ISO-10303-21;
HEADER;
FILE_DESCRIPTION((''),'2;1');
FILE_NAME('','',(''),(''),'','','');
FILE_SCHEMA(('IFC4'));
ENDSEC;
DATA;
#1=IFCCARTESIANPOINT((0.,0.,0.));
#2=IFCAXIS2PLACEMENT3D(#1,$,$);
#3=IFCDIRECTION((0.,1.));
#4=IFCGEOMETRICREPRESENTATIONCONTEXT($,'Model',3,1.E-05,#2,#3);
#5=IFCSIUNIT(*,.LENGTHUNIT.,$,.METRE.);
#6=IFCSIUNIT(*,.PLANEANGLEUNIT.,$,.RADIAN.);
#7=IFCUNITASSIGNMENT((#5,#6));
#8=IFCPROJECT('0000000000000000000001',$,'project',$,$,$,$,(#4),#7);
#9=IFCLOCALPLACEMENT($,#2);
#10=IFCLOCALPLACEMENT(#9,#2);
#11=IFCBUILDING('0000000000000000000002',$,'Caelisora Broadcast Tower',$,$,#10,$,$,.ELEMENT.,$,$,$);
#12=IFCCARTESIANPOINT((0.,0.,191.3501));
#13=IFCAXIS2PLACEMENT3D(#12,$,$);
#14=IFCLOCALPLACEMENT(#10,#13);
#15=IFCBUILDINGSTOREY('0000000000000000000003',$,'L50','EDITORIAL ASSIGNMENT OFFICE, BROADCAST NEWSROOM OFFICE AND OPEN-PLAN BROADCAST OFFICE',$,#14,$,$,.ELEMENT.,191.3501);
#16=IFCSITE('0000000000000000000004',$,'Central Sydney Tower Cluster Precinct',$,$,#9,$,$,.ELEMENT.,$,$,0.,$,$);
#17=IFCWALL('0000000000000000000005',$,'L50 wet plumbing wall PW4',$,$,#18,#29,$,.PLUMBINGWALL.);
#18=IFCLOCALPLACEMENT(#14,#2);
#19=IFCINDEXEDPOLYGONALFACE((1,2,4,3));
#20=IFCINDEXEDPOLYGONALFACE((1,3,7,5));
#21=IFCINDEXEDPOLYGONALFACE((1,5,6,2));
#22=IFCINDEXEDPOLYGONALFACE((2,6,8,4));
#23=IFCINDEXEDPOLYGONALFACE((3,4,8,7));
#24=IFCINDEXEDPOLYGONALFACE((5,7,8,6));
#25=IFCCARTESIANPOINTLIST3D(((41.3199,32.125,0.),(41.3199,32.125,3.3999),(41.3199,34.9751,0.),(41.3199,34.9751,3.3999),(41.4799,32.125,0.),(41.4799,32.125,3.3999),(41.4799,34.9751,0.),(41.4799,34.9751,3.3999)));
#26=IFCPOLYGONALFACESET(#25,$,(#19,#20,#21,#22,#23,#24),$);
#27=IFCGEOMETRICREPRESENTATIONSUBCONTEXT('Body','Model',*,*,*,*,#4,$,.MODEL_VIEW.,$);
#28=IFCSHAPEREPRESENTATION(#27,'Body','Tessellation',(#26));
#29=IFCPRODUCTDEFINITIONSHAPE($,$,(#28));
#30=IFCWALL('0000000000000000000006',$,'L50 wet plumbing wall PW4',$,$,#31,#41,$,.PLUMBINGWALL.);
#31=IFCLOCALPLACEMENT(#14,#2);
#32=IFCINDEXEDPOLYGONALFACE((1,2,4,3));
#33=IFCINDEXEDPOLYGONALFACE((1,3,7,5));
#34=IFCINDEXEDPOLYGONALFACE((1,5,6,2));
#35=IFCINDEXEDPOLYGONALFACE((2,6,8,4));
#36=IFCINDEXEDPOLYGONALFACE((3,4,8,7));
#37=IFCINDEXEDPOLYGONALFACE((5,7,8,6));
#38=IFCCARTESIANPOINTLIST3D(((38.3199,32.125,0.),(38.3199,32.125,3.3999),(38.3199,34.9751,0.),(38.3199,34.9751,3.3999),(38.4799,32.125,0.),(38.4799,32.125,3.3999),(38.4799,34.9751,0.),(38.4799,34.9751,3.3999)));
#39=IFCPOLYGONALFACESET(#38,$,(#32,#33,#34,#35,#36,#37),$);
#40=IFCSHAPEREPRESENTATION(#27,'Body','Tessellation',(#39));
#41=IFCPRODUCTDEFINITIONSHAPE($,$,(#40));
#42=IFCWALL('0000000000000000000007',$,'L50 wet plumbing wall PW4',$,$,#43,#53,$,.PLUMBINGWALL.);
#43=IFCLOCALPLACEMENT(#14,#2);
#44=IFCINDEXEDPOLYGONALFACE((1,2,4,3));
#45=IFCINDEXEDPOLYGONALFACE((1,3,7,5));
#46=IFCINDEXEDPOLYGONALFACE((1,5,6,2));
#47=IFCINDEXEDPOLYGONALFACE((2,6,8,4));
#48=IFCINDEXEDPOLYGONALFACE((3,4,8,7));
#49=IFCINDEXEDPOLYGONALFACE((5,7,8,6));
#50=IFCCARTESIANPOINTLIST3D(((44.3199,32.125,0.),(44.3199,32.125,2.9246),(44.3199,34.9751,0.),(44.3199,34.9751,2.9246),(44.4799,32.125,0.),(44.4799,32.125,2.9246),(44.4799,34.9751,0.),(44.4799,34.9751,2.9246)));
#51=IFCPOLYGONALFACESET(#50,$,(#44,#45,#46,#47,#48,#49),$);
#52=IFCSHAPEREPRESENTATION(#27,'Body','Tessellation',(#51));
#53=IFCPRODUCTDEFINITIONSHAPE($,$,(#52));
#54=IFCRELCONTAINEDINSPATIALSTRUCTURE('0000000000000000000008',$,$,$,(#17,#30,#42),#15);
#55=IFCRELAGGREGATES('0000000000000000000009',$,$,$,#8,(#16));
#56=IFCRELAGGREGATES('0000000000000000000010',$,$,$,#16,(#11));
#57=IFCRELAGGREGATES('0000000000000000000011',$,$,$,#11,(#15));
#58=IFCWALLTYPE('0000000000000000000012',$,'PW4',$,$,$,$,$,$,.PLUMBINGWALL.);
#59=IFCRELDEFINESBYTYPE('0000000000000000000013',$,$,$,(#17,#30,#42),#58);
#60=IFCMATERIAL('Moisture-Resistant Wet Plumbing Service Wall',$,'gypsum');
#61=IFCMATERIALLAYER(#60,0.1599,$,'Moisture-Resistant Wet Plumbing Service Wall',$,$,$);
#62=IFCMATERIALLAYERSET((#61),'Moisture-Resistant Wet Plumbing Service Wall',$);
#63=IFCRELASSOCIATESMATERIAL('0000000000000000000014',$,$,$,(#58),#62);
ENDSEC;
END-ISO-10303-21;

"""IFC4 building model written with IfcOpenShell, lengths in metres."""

from ifc_helpers import new_model, si_unit, direction, frame, frame_2d, origin, place, context, subcontext, project, spatial, rectangle, extrude, material, layer, layer_set, type_object, element, save


model = new_model("IFC4")

# Units and contexts
model_context = context("Model", 3, precision=1e-05, world=origin(), true_north=direction((0.0, 1.0)))
body_context = subcontext(model_context, "Body", "Model", "MODEL_VIEW")
ifc_project = project(units=[si_unit("LENGTHUNIT", "METRE"), si_unit("PLANEANGLEUNIT", "RADIAN")], contexts=[model_context])

# Site, building, storey
site_placement = place(None, origin())
site = spatial("IfcSite", under=ifc_project, at=site_placement, Name="Central Sydney Tower Cluster Precinct", CompositionType="ELEMENT", RefElevation=0.0)
building_placement = place(site_placement, origin())
building = spatial("IfcBuilding", under=site, at=building_placement, Name="Caelisora Broadcast Tower", CompositionType="ELEMENT")
storey_placement = place(building_placement, frame((0.0, 0.0, 191.3501)))
storey = spatial("IfcBuildingStorey", under=building, at=storey_placement, Name="L50", Description="EDITORIAL ASSIGNMENT OFFICE, BROADCAST NEWSROOM OFFICE AND OPEN-PLAN BROADCAST OFFICE", CompositionType="ELEMENT", Elevation=191.3501)

# Shared definitions
ifc_material_1 = material(Name="Moisture-Resistant Wet Plumbing Service Wall", Category="gypsum")
ifc_layer_1 = layer(ifc_material_1, 0.1599, Name="Moisture-Resistant Wet Plumbing Service Wall")
ifc_layer_set_1 = layer_set([ifc_layer_1], Name="Moisture-Resistant Wet Plumbing Service Wall")
wall_type_1 = type_object("IfcWallType", Name="PW4", PredefinedType="PLUMBINGWALL", material=ifc_layer_set_1)

# Walls
for number, where, z_axis, x_axis, name in (
    (1, (41.3999, 32.125, 0.0), (0.0, 0.0, 1.0), (0.0, 1.0, 0.0), "L50 wet plumbing wall PW4"),
    (2, (38.3999, 32.125, 0.0), (0.0, 0.0, 1.0), (0.0, 1.0, 0.0), "L50 wet plumbing wall PW4"),
):
    element("IfcWall", number, at=place(storey_placement, frame(where, z_axis=z_axis, x_axis=x_axis)), inside=storey, type_object=wall_type_1, Name=name, PredefinedType="PLUMBINGWALL", context=body_context, shape_type="SweptSolid", body=[
        extrude(rectangle(XDim=2.8501, YDim=0.1599, at=frame_2d((1.425, 0.0))), origin(), (0.0, 0.0, 1.0), 3.3999),
    ])
wall_1_placement = place(storey_placement, frame((44.3999, 32.125, 0.0), z_axis=(0.0, 0.0, 1.0), x_axis=(0.0, 1.0, 0.0)))
element("IfcWall", 3, at=wall_1_placement, inside=storey, type_object=wall_type_1, Name="L50 wet plumbing wall PW4", PredefinedType="PLUMBINGWALL", context=body_context, shape_type="SweptSolid", body=[
    extrude(rectangle(XDim=2.8501, YDim=0.1599, at=frame_2d((1.425, 0.0))), origin(), (0.0, 0.0, 1.0), 2.9246),
])

save(model, "model.ifc")
